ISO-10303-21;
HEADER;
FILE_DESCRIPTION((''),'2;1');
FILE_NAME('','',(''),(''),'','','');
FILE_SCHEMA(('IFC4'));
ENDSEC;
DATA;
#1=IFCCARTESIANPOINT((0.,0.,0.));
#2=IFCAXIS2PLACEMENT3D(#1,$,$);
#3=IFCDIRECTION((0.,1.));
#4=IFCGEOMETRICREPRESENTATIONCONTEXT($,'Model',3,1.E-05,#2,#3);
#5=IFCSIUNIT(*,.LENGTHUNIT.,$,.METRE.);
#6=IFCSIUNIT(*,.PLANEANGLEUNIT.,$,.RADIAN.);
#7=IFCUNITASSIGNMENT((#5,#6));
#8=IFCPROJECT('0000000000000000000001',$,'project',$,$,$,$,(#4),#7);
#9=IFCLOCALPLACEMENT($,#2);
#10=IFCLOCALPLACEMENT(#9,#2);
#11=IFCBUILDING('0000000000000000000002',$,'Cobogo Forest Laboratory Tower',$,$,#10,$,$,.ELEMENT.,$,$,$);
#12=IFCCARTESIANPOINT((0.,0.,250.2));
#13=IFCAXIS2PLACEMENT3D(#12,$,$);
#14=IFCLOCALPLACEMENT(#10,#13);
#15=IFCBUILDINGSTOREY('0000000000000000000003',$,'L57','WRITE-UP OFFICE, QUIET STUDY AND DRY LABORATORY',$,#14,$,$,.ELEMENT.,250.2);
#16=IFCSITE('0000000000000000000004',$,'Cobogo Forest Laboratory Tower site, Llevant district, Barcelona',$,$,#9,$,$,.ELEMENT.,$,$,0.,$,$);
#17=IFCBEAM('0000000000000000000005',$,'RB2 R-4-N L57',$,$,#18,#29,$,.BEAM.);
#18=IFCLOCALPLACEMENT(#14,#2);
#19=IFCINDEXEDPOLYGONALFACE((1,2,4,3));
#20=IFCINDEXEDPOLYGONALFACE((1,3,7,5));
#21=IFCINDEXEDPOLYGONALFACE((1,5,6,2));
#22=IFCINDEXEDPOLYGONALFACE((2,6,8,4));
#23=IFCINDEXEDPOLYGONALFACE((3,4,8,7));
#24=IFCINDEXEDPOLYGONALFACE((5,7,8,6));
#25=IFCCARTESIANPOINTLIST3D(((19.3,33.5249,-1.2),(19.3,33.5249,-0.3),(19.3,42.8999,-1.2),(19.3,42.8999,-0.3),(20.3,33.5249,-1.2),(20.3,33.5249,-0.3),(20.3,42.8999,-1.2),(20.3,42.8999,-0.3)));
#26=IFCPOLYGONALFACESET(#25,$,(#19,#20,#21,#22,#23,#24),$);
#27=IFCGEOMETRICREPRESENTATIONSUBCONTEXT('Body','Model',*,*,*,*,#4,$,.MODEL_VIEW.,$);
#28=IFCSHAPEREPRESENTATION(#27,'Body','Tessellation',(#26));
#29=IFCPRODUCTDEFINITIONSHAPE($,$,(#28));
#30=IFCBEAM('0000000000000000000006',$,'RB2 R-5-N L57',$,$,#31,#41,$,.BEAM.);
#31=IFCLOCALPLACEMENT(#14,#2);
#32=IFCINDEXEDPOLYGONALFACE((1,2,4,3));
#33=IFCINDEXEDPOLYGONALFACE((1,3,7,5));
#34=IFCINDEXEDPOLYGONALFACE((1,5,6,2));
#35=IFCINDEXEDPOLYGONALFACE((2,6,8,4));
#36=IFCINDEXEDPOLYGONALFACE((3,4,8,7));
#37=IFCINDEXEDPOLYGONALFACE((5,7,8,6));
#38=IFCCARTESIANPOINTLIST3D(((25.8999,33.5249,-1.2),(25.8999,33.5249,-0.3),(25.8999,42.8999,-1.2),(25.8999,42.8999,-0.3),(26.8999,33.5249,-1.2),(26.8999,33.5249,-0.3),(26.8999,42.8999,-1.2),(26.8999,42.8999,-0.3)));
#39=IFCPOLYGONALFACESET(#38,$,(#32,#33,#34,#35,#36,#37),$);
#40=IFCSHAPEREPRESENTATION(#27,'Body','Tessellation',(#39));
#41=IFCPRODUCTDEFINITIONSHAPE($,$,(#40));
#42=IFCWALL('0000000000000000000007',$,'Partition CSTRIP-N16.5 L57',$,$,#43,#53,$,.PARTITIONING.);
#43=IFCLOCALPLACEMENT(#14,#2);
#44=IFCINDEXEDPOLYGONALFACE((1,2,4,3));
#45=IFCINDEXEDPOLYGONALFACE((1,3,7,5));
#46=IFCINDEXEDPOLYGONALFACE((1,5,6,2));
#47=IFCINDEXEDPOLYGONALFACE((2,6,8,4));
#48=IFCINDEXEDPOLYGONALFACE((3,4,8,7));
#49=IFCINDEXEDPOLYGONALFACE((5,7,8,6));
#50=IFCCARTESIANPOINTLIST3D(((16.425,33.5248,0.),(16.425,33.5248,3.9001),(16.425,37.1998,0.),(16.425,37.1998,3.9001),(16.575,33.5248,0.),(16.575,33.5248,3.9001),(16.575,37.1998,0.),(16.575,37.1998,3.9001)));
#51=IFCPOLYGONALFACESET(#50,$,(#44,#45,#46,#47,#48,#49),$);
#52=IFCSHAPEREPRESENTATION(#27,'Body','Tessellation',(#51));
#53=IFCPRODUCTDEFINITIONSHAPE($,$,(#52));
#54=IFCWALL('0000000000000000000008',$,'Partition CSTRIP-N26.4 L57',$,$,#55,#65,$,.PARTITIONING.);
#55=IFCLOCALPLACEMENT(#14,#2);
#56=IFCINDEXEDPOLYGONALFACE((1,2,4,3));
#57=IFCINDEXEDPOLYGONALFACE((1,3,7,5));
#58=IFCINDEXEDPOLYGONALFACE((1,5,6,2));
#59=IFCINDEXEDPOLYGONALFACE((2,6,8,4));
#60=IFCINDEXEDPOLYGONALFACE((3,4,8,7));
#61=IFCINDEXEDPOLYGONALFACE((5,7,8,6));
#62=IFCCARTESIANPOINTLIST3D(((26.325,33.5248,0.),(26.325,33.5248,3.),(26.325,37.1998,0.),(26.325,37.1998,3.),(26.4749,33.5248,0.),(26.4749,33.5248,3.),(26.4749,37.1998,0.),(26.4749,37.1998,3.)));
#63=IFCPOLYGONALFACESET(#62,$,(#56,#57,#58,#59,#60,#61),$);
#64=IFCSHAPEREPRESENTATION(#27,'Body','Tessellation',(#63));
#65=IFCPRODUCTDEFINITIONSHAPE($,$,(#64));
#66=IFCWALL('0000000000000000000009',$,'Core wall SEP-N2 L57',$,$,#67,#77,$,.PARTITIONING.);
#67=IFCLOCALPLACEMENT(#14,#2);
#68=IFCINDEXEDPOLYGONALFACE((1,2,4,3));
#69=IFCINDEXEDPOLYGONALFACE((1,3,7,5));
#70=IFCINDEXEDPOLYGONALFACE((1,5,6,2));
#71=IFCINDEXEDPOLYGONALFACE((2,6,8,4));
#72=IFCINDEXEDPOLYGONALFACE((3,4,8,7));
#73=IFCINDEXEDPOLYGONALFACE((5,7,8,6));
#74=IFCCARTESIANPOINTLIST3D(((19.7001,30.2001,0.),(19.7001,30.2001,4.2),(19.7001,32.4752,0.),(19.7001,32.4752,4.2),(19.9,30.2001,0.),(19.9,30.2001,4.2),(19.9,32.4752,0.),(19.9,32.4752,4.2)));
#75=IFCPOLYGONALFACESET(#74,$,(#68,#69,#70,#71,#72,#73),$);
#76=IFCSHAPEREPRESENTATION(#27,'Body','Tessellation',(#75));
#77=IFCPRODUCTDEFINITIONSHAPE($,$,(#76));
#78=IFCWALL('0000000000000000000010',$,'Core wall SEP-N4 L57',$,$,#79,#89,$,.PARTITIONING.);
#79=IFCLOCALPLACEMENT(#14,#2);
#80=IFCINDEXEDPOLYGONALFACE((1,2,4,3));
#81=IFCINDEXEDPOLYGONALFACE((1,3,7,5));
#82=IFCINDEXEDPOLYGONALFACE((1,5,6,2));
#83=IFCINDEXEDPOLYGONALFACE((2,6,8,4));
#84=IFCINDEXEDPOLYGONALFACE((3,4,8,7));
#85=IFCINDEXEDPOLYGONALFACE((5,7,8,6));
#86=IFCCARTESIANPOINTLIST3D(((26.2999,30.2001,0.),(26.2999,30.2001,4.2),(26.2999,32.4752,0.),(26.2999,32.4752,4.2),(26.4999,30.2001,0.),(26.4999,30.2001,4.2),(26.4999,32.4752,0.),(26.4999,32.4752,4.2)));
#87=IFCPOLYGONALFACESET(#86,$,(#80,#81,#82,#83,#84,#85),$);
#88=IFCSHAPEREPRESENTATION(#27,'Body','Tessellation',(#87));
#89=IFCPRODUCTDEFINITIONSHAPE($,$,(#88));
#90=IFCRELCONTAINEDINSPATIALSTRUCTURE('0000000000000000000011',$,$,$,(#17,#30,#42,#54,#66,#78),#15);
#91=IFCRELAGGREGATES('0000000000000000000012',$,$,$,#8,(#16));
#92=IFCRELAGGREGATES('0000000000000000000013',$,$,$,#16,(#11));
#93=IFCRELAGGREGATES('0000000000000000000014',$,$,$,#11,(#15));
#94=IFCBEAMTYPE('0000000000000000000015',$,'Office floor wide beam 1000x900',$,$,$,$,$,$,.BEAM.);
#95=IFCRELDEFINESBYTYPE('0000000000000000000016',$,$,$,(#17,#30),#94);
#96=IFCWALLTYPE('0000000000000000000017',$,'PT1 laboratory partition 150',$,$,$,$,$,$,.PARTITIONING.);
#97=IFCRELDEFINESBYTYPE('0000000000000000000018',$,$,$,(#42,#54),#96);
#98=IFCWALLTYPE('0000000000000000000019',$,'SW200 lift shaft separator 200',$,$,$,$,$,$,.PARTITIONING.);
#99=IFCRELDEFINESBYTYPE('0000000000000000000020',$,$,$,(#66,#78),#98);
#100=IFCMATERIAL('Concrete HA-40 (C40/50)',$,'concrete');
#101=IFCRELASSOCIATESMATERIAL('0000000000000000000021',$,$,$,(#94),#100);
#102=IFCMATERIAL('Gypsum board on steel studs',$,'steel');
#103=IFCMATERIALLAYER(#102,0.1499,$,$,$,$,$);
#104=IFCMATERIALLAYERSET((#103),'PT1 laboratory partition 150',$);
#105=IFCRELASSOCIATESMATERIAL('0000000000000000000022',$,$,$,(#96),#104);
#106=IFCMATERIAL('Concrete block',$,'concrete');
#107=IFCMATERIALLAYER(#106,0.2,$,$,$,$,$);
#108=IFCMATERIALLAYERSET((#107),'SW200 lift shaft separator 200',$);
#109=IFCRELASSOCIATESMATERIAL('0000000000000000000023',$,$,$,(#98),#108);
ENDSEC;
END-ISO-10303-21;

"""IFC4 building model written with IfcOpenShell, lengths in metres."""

from ifc_helpers import new_model, si_unit, direction, frame, frame_2d, origin, origin_2d, place, context, subcontext, project, spatial, rectangle, extrude, material, layer, layer_set, material_profile, profile_set, type_object, element, save


model = new_model("IFC4")

# Units and contexts
model_context = context("Model", 3, precision=1e-05, world=origin(), true_north=direction((0.0, 1.0)))
body_context = subcontext(model_context, "Body", "Model", "MODEL_VIEW")
ifc_project = project(units=[si_unit("LENGTHUNIT", "METRE"), si_unit("PLANEANGLEUNIT", "RADIAN")], contexts=[model_context])

# Site, building, storey
site_placement = place(None, origin())
site = spatial("IfcSite", under=ifc_project, at=site_placement, Name="Cobogo Forest Laboratory Tower site, Llevant district, Barcelona", CompositionType="ELEMENT", RefElevation=0.0)
building_placement = place(site_placement, origin())
building = spatial("IfcBuilding", under=site, at=building_placement, Name="Cobogo Forest Laboratory Tower", CompositionType="ELEMENT")
storey_placement = place(building_placement, frame((0.0, 0.0, 250.2)))
storey = spatial("IfcBuildingStorey", under=building, at=storey_placement, Name="L57", Description="WRITE-UP OFFICE, QUIET STUDY AND DRY LABORATORY", CompositionType="ELEMENT", Elevation=250.2)

# Beams
ifc_material_1 = material(Name="Concrete HA-40 (C40/50)", Category="concrete")
ifc_material_profile = material_profile(ifc_material_1, rectangle(XDim=1.0, YDim=0.8999, at=origin_2d()), Name="RC 1000x900")
ifc_profile_set = profile_set([ifc_material_profile], Name="Concrete HA-40 (C40/50)")
beam_type = type_object("IfcBeamType", Name="Office floor wide beam 1000x900", PredefinedType="BEAM", material=ifc_profile_set)
for number, where, z_axis, x_axis, name in (
    (1, (19.8, 33.5249, -0.75), (0.0, 1.0, 0.0), (-1.0, 0.0, 0.0), "RB2 R-4-N L57"),
    (2, (26.3999, 33.5249, -0.75), (0.0, 1.0, 0.0), (-1.0, 0.0, 0.0), "RB2 R-5-N L57"),
):
    element("IfcBeam", number, at=place(storey_placement, frame(where, z_axis=z_axis, x_axis=x_axis)), inside=storey, type_object=beam_type, Name=name, PredefinedType="BEAM", context=body_context, shape_type="SweptSolid", body=[
        extrude(rectangle(XDim=1.0, YDim=0.8999, at=origin_2d()), origin(), (0.0, 0.0, 1.0), 9.375),
    ])

# Walls
ifc_material_2 = material(Name="Gypsum board on steel studs", Category="steel")
ifc_layer_1 = layer(ifc_material_2, 0.1499)
ifc_layer_set_1 = layer_set([ifc_layer_1], Name="PT1 laboratory partition 150")
wall_type_1 = type_object("IfcWallType", Name="PT1 laboratory partition 150", PredefinedType="PARTITIONING", material=ifc_layer_set_1)
wall_1_placement = place(storey_placement, frame((16.5, 33.5249, 0.0), z_axis=(0.0, 0.0, 1.0), x_axis=(0.0, 1.0, 0.0)))
element("IfcWall", 3, at=wall_1_placement, inside=storey, type_object=wall_type_1, Name="Partition CSTRIP-N16.5 L57", PredefinedType="PARTITIONING", context=body_context, shape_type="SweptSolid", body=[
    extrude(rectangle(XDim=3.675, YDim=0.1499, at=frame_2d((1.8374, 0.0))), origin(), (0.0, 0.0, 1.0), 3.9001),
])
wall_2_placement = place(storey_placement, frame((26.3999, 33.5249, 0.0), z_axis=(0.0, 0.0, 1.0), x_axis=(0.0, 1.0, 0.0)))
element("IfcWall", 4, at=wall_2_placement, inside=storey, type_object=wall_type_1, Name="Partition CSTRIP-N26.4 L57", PredefinedType="PARTITIONING", context=body_context, shape_type="SweptSolid", body=[
    extrude(rectangle(XDim=3.675, YDim=0.1499, at=frame_2d((1.8374, 0.0))), origin(), (0.0, 0.0, 1.0), 3.0),
])
ifc_material_3 = material(Name="Concrete block", Category="concrete")
ifc_layer_2 = layer(ifc_material_3, 0.2)
ifc_layer_set_2 = layer_set([ifc_layer_2], Name="SW200 lift shaft separator 200")
wall_type_2 = type_object("IfcWallType", Name="SW200 lift shaft separator 200", PredefinedType="PARTITIONING", material=ifc_layer_set_2)
for number, where, z_axis, x_axis, name in (
    (5, (19.8, 30.2, 0.0), (0.0, 0.0, 1.0), (0.0, 1.0, 0.0), "Core wall SEP-N2 L57"),
    (6, (26.3999, 30.2, 0.0), (0.0, 0.0, 1.0), (0.0, 1.0, 0.0), "Core wall SEP-N4 L57"),
):
    element("IfcWall", number, at=place(storey_placement, frame(where, z_axis=z_axis, x_axis=x_axis)), inside=storey, type_object=wall_type_2, Name=name, PredefinedType="PARTITIONING", context=body_context, shape_type="SweptSolid", body=[
        extrude(rectangle(XDim=2.2751, YDim=0.2, at=frame_2d((1.1377, 0.0))), origin(), (0.0, 0.0, 1.0), 4.2),
    ])

save(model, "model.ifc")
